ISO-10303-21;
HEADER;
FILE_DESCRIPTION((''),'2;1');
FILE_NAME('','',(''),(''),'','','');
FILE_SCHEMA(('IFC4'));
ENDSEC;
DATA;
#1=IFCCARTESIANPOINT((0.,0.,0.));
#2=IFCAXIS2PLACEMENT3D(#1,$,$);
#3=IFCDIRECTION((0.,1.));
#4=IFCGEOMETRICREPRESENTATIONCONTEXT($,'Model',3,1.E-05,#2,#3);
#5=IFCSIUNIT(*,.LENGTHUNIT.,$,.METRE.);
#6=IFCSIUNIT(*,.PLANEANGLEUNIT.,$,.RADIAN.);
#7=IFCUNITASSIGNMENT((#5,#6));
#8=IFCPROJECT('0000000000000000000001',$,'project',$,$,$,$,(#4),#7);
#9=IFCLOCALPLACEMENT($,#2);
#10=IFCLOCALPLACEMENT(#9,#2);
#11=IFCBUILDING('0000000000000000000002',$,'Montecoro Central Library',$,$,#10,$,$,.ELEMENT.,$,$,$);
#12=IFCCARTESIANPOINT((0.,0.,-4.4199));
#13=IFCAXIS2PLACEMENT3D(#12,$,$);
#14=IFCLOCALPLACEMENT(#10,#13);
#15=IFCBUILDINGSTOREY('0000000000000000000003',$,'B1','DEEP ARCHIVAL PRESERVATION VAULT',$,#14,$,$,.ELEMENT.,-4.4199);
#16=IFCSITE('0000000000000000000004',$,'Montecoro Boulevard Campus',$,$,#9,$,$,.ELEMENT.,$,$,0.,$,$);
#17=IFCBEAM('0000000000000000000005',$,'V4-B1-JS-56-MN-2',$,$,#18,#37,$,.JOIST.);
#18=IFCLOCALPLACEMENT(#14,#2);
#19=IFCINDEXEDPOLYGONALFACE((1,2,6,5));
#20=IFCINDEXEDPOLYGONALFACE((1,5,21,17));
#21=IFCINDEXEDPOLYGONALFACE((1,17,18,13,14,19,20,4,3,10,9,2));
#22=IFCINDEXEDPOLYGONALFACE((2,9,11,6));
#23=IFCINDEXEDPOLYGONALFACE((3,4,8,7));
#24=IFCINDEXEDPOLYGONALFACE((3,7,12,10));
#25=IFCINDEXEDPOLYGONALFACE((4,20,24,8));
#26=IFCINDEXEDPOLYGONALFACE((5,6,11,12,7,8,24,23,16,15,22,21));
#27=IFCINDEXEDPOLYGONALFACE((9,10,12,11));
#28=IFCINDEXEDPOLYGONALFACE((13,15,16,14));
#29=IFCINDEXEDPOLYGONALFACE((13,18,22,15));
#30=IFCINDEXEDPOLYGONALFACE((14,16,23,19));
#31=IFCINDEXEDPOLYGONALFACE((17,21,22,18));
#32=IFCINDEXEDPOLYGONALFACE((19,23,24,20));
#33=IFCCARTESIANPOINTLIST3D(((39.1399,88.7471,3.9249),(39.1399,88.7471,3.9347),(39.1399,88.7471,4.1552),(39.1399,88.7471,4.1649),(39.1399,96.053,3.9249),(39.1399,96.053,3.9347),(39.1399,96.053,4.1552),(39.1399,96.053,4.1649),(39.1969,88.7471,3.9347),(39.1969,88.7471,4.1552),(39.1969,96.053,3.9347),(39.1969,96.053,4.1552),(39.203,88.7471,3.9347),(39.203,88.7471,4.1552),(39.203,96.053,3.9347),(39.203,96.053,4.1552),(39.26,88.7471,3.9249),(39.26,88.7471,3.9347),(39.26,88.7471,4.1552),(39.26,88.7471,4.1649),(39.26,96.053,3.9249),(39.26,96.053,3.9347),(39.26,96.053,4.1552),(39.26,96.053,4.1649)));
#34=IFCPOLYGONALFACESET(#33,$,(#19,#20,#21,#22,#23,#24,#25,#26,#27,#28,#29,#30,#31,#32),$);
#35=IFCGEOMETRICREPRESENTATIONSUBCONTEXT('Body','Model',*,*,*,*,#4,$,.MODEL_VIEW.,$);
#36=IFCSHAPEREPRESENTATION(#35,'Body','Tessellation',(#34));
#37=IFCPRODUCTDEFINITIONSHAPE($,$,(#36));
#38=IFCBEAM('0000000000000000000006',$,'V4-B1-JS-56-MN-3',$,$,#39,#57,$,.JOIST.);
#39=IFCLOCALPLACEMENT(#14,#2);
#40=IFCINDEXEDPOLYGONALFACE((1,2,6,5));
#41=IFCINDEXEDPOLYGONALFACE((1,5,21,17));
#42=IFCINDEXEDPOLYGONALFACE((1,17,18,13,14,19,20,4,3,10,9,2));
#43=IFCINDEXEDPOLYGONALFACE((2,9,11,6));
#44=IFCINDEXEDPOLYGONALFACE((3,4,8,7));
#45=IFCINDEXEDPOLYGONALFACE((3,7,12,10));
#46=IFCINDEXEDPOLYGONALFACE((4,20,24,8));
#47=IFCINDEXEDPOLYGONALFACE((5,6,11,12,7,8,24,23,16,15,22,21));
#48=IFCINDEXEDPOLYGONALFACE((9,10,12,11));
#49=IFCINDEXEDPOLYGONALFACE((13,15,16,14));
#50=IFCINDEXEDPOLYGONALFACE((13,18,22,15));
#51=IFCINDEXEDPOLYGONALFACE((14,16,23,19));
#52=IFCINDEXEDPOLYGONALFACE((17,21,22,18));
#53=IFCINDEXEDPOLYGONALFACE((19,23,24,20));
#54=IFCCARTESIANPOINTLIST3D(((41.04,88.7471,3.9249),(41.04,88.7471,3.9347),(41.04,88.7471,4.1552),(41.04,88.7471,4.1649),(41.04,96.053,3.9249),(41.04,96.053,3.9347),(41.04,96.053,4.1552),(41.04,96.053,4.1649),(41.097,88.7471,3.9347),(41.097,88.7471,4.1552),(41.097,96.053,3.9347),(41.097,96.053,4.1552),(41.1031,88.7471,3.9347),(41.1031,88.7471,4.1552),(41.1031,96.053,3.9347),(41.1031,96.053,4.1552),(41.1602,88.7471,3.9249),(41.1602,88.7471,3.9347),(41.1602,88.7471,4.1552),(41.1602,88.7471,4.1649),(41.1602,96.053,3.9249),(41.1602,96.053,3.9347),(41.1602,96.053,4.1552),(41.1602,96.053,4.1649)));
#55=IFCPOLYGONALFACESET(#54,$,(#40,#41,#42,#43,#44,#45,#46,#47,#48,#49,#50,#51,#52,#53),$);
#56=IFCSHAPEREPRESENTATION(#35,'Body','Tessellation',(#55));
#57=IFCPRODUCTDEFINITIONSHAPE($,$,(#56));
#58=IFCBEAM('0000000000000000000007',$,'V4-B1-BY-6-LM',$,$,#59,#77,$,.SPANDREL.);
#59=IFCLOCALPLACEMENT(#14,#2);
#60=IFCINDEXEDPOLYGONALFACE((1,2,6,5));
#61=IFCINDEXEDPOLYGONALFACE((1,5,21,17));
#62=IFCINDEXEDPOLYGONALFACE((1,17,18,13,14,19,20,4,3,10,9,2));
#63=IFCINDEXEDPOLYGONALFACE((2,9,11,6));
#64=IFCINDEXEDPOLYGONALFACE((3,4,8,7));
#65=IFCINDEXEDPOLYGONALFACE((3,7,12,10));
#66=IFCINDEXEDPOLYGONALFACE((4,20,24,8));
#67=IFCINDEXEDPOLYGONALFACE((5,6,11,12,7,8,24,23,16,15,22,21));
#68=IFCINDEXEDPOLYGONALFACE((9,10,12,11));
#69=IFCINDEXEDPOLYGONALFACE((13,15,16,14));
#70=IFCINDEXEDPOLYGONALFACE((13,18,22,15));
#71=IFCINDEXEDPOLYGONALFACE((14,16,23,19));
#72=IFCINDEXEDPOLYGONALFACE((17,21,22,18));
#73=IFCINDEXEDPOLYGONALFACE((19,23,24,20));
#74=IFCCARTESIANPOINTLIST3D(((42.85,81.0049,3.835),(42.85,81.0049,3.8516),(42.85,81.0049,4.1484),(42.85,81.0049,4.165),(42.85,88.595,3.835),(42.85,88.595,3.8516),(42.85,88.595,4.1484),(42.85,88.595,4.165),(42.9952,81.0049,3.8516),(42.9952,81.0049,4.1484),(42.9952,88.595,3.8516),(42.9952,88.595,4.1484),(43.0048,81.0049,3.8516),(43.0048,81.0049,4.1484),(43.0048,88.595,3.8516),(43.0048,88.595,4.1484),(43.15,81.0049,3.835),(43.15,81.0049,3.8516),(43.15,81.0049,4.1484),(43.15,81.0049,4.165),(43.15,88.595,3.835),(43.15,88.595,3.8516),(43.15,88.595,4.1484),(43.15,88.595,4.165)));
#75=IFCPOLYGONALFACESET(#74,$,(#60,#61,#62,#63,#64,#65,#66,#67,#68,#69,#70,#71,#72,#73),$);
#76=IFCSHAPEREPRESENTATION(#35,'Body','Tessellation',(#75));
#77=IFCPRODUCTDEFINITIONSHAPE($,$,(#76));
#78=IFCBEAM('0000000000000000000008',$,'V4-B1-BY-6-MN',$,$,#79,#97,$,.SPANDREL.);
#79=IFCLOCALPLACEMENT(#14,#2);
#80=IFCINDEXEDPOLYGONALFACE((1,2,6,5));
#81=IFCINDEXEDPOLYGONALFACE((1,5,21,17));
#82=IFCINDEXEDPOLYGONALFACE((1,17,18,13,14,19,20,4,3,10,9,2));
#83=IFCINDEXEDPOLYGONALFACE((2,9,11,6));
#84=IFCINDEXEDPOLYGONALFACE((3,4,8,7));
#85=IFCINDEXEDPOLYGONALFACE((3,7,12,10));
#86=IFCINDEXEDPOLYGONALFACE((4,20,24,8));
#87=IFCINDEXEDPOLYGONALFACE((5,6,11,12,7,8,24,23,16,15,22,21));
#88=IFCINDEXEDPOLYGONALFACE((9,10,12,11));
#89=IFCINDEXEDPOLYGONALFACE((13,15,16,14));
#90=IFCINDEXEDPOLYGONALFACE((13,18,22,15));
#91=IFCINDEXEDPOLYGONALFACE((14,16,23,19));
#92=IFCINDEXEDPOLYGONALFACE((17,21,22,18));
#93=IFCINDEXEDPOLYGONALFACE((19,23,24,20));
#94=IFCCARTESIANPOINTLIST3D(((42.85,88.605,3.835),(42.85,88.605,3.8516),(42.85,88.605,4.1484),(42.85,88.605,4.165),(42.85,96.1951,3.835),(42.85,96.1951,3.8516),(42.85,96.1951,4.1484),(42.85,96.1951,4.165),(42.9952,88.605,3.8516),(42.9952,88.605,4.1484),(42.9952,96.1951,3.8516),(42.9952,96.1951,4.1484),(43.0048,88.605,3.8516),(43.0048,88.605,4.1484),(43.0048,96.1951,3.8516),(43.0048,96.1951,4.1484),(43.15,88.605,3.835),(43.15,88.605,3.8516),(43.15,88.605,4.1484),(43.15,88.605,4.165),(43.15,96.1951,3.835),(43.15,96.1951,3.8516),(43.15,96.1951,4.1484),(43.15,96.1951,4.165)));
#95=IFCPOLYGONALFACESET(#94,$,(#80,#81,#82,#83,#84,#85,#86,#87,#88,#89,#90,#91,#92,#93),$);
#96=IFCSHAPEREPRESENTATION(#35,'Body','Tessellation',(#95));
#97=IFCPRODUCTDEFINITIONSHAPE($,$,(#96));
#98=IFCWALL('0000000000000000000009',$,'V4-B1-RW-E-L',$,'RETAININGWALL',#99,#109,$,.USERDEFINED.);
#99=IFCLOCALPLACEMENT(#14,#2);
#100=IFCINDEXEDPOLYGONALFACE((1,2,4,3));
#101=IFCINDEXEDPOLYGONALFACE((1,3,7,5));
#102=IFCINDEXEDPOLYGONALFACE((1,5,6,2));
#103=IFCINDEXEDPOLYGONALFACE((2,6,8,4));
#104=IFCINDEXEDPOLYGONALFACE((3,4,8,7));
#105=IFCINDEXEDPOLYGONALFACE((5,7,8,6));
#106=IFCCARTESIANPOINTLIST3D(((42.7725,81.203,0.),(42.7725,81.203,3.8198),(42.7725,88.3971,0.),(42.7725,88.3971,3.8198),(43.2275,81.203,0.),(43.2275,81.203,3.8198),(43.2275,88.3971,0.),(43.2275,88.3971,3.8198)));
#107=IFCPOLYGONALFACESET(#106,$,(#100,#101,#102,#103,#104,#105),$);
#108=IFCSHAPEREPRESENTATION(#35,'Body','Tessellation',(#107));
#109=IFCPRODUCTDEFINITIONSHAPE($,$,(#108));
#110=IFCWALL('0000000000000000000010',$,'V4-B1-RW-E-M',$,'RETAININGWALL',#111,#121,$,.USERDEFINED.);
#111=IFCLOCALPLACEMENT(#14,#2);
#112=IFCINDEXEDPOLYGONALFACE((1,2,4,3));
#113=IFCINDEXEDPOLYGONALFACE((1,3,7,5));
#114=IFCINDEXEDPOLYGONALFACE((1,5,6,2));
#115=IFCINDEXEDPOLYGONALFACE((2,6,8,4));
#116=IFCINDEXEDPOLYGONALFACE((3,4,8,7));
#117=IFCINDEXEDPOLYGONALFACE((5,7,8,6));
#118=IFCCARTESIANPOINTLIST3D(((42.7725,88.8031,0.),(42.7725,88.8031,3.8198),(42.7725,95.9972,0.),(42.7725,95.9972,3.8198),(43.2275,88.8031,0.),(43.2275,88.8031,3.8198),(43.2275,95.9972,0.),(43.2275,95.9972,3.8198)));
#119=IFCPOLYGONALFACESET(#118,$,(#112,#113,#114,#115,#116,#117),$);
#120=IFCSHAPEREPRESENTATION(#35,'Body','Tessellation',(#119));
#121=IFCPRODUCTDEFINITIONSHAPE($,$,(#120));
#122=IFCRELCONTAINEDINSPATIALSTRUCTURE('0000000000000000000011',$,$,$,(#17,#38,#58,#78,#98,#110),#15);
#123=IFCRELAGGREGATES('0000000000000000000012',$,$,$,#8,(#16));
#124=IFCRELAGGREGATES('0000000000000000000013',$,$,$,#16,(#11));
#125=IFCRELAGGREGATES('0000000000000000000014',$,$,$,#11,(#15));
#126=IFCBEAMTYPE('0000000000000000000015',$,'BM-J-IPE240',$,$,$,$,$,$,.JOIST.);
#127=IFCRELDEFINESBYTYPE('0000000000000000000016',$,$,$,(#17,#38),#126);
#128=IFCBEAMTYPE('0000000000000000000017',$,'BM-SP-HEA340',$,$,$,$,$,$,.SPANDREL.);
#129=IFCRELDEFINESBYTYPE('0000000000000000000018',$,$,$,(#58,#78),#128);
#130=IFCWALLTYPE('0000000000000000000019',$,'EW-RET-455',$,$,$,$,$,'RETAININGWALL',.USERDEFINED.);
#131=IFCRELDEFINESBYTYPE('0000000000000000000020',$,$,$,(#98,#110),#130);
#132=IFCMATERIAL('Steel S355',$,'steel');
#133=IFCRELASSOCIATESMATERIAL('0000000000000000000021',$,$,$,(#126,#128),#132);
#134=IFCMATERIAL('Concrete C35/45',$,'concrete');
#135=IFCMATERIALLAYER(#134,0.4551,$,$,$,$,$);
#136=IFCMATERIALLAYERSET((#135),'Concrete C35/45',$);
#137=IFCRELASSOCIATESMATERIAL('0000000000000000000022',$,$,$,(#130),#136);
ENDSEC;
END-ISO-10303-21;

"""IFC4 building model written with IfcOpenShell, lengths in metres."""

from ifc_helpers import new_model, si_unit, direction, frame, frame_2d, origin, origin_2d, place, context, subcontext, project, spatial, rectangle, i_section, extrude, material, layer, layer_set, material_profile, profile_set, type_object, element, save


model = new_model("IFC4")

# Units and contexts
model_context = context("Model", 3, precision=1e-05, world=origin(), true_north=direction((0.0, 1.0)))
body_context = subcontext(model_context, "Body", "Model", "MODEL_VIEW")
ifc_project = project(units=[si_unit("LENGTHUNIT", "METRE"), si_unit("PLANEANGLEUNIT", "RADIAN")], contexts=[model_context])

# Site, building, storey
site_placement = place(None, origin())
site = spatial("IfcSite", under=ifc_project, at=site_placement, Name="Montecoro Boulevard Campus", CompositionType="ELEMENT", RefElevation=0.0)
building_placement = place(site_placement, origin())
building = spatial("IfcBuilding", under=site, at=building_placement, Name="Montecoro Central Library", CompositionType="ELEMENT")
storey_placement = place(building_placement, frame((0.0, 0.0, -4.4199)))
storey = spatial("IfcBuildingStorey", under=building, at=storey_placement, Name="B1", Description="DEEP ARCHIVAL PRESERVATION VAULT", CompositionType="ELEMENT", Elevation=-4.4199)

# Shared definitions
ifc_material_1 = material(Name="Concrete C35/45", Category="concrete")

# Beams
ifc_material_2 = material(Name="Steel S355", Category="steel")
ifc_material_profile_1 = material_profile(ifc_material_2, i_section(OverallWidth=0.1201, OverallDepth=0.24, WebThickness=0.0061, FlangeThickness=0.0098, at=origin_2d()), Name="IPE 240")
ifc_profile_set_1 = profile_set([ifc_material_profile_1], Name="Steel S355")
beam_type_1 = type_object("IfcBeamType", Name="BM-J-IPE240", PredefinedType="JOIST", material=ifc_profile_set_1)
for number, where, z_axis, x_axis, name in (
    (1, (39.2, 88.7471, 4.0449), (0.0, 1.0, 0.0), (-1.0, 0.0, 0.0), "V4-B1-JS-56-MN-2"),
    (2, (41.1001, 88.7471, 4.0449), (0.0, 1.0, 0.0), (-1.0, 0.0, 0.0), "V4-B1-JS-56-MN-3"),
):
    element("IfcBeam", number, at=place(storey_placement, frame(where, z_axis=z_axis, x_axis=x_axis)), inside=storey, type_object=beam_type_1, Name=name, PredefinedType="JOIST", context=body_context, shape_type="SweptSolid", body=[
        extrude(i_section(OverallWidth=0.1201, OverallDepth=0.24, WebThickness=0.0061, FlangeThickness=0.0098, at=origin_2d()), origin(), (0.0, 0.0, 1.0), 7.3059),
    ])
ifc_material_profile_2 = material_profile(ifc_material_2, i_section(OverallWidth=0.3, OverallDepth=0.3301, WebThickness=0.0095, FlangeThickness=0.0166, at=origin_2d()), Name="HEA 340")
ifc_profile_set_2 = profile_set([ifc_material_profile_2], Name="Steel S355")
beam_type_2 = type_object("IfcBeamType", Name="BM-SP-HEA340", PredefinedType="SPANDREL", material=ifc_profile_set_2)
for number, where, z_axis, x_axis, name in (
    (3, (43.0, 81.0049, 4.0), (0.0, 1.0, 0.0), (-1.0, 0.0, 0.0), "V4-B1-BY-6-LM"),
    (4, (43.0, 88.605, 4.0), (0.0, 1.0, 0.0), (-1.0, 0.0, 0.0), "V4-B1-BY-6-MN"),
):
    element("IfcBeam", number, at=place(storey_placement, frame(where, z_axis=z_axis, x_axis=x_axis)), inside=storey, type_object=beam_type_2, Name=name, PredefinedType="SPANDREL", context=body_context, shape_type="SweptSolid", body=[
        extrude(i_section(OverallWidth=0.3, OverallDepth=0.3301, WebThickness=0.0095, FlangeThickness=0.0166, at=origin_2d()), origin(), (0.0, 0.0, 1.0), 7.5901),
    ])

# Walls
ifc_layer = layer(ifc_material_1, 0.4551)
ifc_layer_set = layer_set([ifc_layer], Name="Concrete C35/45")
wall_type = type_object("IfcWallType", Name="EW-RET-455", ElementType="RETAININGWALL", PredefinedType="USERDEFINED", material=ifc_layer_set)
for number, where, z_axis, x_axis, name in (
    (5, (43.0, 81.2029, 0.0), (0.0, 0.0, 1.0), (0.0, 1.0, 0.0), "V4-B1-RW-E-L"),
    (6, (43.0, 88.803, 0.0), (0.0, 0.0, 1.0), (0.0, 1.0, 0.0), "V4-B1-RW-E-M"),
):
    element("IfcWall", number, at=place(storey_placement, frame(where, z_axis=z_axis, x_axis=x_axis)), inside=storey, type_object=wall_type, Name=name, ObjectType="RETAININGWALL", PredefinedType="USERDEFINED", context=body_context, shape_type="SweptSolid", body=[
        extrude(rectangle(XDim=7.1941, YDim=0.4551, at=frame_2d((3.5972, 0.0))), origin(), (0.0, 0.0, 1.0), 3.8198),
    ])

save(model, "model.ifc")
